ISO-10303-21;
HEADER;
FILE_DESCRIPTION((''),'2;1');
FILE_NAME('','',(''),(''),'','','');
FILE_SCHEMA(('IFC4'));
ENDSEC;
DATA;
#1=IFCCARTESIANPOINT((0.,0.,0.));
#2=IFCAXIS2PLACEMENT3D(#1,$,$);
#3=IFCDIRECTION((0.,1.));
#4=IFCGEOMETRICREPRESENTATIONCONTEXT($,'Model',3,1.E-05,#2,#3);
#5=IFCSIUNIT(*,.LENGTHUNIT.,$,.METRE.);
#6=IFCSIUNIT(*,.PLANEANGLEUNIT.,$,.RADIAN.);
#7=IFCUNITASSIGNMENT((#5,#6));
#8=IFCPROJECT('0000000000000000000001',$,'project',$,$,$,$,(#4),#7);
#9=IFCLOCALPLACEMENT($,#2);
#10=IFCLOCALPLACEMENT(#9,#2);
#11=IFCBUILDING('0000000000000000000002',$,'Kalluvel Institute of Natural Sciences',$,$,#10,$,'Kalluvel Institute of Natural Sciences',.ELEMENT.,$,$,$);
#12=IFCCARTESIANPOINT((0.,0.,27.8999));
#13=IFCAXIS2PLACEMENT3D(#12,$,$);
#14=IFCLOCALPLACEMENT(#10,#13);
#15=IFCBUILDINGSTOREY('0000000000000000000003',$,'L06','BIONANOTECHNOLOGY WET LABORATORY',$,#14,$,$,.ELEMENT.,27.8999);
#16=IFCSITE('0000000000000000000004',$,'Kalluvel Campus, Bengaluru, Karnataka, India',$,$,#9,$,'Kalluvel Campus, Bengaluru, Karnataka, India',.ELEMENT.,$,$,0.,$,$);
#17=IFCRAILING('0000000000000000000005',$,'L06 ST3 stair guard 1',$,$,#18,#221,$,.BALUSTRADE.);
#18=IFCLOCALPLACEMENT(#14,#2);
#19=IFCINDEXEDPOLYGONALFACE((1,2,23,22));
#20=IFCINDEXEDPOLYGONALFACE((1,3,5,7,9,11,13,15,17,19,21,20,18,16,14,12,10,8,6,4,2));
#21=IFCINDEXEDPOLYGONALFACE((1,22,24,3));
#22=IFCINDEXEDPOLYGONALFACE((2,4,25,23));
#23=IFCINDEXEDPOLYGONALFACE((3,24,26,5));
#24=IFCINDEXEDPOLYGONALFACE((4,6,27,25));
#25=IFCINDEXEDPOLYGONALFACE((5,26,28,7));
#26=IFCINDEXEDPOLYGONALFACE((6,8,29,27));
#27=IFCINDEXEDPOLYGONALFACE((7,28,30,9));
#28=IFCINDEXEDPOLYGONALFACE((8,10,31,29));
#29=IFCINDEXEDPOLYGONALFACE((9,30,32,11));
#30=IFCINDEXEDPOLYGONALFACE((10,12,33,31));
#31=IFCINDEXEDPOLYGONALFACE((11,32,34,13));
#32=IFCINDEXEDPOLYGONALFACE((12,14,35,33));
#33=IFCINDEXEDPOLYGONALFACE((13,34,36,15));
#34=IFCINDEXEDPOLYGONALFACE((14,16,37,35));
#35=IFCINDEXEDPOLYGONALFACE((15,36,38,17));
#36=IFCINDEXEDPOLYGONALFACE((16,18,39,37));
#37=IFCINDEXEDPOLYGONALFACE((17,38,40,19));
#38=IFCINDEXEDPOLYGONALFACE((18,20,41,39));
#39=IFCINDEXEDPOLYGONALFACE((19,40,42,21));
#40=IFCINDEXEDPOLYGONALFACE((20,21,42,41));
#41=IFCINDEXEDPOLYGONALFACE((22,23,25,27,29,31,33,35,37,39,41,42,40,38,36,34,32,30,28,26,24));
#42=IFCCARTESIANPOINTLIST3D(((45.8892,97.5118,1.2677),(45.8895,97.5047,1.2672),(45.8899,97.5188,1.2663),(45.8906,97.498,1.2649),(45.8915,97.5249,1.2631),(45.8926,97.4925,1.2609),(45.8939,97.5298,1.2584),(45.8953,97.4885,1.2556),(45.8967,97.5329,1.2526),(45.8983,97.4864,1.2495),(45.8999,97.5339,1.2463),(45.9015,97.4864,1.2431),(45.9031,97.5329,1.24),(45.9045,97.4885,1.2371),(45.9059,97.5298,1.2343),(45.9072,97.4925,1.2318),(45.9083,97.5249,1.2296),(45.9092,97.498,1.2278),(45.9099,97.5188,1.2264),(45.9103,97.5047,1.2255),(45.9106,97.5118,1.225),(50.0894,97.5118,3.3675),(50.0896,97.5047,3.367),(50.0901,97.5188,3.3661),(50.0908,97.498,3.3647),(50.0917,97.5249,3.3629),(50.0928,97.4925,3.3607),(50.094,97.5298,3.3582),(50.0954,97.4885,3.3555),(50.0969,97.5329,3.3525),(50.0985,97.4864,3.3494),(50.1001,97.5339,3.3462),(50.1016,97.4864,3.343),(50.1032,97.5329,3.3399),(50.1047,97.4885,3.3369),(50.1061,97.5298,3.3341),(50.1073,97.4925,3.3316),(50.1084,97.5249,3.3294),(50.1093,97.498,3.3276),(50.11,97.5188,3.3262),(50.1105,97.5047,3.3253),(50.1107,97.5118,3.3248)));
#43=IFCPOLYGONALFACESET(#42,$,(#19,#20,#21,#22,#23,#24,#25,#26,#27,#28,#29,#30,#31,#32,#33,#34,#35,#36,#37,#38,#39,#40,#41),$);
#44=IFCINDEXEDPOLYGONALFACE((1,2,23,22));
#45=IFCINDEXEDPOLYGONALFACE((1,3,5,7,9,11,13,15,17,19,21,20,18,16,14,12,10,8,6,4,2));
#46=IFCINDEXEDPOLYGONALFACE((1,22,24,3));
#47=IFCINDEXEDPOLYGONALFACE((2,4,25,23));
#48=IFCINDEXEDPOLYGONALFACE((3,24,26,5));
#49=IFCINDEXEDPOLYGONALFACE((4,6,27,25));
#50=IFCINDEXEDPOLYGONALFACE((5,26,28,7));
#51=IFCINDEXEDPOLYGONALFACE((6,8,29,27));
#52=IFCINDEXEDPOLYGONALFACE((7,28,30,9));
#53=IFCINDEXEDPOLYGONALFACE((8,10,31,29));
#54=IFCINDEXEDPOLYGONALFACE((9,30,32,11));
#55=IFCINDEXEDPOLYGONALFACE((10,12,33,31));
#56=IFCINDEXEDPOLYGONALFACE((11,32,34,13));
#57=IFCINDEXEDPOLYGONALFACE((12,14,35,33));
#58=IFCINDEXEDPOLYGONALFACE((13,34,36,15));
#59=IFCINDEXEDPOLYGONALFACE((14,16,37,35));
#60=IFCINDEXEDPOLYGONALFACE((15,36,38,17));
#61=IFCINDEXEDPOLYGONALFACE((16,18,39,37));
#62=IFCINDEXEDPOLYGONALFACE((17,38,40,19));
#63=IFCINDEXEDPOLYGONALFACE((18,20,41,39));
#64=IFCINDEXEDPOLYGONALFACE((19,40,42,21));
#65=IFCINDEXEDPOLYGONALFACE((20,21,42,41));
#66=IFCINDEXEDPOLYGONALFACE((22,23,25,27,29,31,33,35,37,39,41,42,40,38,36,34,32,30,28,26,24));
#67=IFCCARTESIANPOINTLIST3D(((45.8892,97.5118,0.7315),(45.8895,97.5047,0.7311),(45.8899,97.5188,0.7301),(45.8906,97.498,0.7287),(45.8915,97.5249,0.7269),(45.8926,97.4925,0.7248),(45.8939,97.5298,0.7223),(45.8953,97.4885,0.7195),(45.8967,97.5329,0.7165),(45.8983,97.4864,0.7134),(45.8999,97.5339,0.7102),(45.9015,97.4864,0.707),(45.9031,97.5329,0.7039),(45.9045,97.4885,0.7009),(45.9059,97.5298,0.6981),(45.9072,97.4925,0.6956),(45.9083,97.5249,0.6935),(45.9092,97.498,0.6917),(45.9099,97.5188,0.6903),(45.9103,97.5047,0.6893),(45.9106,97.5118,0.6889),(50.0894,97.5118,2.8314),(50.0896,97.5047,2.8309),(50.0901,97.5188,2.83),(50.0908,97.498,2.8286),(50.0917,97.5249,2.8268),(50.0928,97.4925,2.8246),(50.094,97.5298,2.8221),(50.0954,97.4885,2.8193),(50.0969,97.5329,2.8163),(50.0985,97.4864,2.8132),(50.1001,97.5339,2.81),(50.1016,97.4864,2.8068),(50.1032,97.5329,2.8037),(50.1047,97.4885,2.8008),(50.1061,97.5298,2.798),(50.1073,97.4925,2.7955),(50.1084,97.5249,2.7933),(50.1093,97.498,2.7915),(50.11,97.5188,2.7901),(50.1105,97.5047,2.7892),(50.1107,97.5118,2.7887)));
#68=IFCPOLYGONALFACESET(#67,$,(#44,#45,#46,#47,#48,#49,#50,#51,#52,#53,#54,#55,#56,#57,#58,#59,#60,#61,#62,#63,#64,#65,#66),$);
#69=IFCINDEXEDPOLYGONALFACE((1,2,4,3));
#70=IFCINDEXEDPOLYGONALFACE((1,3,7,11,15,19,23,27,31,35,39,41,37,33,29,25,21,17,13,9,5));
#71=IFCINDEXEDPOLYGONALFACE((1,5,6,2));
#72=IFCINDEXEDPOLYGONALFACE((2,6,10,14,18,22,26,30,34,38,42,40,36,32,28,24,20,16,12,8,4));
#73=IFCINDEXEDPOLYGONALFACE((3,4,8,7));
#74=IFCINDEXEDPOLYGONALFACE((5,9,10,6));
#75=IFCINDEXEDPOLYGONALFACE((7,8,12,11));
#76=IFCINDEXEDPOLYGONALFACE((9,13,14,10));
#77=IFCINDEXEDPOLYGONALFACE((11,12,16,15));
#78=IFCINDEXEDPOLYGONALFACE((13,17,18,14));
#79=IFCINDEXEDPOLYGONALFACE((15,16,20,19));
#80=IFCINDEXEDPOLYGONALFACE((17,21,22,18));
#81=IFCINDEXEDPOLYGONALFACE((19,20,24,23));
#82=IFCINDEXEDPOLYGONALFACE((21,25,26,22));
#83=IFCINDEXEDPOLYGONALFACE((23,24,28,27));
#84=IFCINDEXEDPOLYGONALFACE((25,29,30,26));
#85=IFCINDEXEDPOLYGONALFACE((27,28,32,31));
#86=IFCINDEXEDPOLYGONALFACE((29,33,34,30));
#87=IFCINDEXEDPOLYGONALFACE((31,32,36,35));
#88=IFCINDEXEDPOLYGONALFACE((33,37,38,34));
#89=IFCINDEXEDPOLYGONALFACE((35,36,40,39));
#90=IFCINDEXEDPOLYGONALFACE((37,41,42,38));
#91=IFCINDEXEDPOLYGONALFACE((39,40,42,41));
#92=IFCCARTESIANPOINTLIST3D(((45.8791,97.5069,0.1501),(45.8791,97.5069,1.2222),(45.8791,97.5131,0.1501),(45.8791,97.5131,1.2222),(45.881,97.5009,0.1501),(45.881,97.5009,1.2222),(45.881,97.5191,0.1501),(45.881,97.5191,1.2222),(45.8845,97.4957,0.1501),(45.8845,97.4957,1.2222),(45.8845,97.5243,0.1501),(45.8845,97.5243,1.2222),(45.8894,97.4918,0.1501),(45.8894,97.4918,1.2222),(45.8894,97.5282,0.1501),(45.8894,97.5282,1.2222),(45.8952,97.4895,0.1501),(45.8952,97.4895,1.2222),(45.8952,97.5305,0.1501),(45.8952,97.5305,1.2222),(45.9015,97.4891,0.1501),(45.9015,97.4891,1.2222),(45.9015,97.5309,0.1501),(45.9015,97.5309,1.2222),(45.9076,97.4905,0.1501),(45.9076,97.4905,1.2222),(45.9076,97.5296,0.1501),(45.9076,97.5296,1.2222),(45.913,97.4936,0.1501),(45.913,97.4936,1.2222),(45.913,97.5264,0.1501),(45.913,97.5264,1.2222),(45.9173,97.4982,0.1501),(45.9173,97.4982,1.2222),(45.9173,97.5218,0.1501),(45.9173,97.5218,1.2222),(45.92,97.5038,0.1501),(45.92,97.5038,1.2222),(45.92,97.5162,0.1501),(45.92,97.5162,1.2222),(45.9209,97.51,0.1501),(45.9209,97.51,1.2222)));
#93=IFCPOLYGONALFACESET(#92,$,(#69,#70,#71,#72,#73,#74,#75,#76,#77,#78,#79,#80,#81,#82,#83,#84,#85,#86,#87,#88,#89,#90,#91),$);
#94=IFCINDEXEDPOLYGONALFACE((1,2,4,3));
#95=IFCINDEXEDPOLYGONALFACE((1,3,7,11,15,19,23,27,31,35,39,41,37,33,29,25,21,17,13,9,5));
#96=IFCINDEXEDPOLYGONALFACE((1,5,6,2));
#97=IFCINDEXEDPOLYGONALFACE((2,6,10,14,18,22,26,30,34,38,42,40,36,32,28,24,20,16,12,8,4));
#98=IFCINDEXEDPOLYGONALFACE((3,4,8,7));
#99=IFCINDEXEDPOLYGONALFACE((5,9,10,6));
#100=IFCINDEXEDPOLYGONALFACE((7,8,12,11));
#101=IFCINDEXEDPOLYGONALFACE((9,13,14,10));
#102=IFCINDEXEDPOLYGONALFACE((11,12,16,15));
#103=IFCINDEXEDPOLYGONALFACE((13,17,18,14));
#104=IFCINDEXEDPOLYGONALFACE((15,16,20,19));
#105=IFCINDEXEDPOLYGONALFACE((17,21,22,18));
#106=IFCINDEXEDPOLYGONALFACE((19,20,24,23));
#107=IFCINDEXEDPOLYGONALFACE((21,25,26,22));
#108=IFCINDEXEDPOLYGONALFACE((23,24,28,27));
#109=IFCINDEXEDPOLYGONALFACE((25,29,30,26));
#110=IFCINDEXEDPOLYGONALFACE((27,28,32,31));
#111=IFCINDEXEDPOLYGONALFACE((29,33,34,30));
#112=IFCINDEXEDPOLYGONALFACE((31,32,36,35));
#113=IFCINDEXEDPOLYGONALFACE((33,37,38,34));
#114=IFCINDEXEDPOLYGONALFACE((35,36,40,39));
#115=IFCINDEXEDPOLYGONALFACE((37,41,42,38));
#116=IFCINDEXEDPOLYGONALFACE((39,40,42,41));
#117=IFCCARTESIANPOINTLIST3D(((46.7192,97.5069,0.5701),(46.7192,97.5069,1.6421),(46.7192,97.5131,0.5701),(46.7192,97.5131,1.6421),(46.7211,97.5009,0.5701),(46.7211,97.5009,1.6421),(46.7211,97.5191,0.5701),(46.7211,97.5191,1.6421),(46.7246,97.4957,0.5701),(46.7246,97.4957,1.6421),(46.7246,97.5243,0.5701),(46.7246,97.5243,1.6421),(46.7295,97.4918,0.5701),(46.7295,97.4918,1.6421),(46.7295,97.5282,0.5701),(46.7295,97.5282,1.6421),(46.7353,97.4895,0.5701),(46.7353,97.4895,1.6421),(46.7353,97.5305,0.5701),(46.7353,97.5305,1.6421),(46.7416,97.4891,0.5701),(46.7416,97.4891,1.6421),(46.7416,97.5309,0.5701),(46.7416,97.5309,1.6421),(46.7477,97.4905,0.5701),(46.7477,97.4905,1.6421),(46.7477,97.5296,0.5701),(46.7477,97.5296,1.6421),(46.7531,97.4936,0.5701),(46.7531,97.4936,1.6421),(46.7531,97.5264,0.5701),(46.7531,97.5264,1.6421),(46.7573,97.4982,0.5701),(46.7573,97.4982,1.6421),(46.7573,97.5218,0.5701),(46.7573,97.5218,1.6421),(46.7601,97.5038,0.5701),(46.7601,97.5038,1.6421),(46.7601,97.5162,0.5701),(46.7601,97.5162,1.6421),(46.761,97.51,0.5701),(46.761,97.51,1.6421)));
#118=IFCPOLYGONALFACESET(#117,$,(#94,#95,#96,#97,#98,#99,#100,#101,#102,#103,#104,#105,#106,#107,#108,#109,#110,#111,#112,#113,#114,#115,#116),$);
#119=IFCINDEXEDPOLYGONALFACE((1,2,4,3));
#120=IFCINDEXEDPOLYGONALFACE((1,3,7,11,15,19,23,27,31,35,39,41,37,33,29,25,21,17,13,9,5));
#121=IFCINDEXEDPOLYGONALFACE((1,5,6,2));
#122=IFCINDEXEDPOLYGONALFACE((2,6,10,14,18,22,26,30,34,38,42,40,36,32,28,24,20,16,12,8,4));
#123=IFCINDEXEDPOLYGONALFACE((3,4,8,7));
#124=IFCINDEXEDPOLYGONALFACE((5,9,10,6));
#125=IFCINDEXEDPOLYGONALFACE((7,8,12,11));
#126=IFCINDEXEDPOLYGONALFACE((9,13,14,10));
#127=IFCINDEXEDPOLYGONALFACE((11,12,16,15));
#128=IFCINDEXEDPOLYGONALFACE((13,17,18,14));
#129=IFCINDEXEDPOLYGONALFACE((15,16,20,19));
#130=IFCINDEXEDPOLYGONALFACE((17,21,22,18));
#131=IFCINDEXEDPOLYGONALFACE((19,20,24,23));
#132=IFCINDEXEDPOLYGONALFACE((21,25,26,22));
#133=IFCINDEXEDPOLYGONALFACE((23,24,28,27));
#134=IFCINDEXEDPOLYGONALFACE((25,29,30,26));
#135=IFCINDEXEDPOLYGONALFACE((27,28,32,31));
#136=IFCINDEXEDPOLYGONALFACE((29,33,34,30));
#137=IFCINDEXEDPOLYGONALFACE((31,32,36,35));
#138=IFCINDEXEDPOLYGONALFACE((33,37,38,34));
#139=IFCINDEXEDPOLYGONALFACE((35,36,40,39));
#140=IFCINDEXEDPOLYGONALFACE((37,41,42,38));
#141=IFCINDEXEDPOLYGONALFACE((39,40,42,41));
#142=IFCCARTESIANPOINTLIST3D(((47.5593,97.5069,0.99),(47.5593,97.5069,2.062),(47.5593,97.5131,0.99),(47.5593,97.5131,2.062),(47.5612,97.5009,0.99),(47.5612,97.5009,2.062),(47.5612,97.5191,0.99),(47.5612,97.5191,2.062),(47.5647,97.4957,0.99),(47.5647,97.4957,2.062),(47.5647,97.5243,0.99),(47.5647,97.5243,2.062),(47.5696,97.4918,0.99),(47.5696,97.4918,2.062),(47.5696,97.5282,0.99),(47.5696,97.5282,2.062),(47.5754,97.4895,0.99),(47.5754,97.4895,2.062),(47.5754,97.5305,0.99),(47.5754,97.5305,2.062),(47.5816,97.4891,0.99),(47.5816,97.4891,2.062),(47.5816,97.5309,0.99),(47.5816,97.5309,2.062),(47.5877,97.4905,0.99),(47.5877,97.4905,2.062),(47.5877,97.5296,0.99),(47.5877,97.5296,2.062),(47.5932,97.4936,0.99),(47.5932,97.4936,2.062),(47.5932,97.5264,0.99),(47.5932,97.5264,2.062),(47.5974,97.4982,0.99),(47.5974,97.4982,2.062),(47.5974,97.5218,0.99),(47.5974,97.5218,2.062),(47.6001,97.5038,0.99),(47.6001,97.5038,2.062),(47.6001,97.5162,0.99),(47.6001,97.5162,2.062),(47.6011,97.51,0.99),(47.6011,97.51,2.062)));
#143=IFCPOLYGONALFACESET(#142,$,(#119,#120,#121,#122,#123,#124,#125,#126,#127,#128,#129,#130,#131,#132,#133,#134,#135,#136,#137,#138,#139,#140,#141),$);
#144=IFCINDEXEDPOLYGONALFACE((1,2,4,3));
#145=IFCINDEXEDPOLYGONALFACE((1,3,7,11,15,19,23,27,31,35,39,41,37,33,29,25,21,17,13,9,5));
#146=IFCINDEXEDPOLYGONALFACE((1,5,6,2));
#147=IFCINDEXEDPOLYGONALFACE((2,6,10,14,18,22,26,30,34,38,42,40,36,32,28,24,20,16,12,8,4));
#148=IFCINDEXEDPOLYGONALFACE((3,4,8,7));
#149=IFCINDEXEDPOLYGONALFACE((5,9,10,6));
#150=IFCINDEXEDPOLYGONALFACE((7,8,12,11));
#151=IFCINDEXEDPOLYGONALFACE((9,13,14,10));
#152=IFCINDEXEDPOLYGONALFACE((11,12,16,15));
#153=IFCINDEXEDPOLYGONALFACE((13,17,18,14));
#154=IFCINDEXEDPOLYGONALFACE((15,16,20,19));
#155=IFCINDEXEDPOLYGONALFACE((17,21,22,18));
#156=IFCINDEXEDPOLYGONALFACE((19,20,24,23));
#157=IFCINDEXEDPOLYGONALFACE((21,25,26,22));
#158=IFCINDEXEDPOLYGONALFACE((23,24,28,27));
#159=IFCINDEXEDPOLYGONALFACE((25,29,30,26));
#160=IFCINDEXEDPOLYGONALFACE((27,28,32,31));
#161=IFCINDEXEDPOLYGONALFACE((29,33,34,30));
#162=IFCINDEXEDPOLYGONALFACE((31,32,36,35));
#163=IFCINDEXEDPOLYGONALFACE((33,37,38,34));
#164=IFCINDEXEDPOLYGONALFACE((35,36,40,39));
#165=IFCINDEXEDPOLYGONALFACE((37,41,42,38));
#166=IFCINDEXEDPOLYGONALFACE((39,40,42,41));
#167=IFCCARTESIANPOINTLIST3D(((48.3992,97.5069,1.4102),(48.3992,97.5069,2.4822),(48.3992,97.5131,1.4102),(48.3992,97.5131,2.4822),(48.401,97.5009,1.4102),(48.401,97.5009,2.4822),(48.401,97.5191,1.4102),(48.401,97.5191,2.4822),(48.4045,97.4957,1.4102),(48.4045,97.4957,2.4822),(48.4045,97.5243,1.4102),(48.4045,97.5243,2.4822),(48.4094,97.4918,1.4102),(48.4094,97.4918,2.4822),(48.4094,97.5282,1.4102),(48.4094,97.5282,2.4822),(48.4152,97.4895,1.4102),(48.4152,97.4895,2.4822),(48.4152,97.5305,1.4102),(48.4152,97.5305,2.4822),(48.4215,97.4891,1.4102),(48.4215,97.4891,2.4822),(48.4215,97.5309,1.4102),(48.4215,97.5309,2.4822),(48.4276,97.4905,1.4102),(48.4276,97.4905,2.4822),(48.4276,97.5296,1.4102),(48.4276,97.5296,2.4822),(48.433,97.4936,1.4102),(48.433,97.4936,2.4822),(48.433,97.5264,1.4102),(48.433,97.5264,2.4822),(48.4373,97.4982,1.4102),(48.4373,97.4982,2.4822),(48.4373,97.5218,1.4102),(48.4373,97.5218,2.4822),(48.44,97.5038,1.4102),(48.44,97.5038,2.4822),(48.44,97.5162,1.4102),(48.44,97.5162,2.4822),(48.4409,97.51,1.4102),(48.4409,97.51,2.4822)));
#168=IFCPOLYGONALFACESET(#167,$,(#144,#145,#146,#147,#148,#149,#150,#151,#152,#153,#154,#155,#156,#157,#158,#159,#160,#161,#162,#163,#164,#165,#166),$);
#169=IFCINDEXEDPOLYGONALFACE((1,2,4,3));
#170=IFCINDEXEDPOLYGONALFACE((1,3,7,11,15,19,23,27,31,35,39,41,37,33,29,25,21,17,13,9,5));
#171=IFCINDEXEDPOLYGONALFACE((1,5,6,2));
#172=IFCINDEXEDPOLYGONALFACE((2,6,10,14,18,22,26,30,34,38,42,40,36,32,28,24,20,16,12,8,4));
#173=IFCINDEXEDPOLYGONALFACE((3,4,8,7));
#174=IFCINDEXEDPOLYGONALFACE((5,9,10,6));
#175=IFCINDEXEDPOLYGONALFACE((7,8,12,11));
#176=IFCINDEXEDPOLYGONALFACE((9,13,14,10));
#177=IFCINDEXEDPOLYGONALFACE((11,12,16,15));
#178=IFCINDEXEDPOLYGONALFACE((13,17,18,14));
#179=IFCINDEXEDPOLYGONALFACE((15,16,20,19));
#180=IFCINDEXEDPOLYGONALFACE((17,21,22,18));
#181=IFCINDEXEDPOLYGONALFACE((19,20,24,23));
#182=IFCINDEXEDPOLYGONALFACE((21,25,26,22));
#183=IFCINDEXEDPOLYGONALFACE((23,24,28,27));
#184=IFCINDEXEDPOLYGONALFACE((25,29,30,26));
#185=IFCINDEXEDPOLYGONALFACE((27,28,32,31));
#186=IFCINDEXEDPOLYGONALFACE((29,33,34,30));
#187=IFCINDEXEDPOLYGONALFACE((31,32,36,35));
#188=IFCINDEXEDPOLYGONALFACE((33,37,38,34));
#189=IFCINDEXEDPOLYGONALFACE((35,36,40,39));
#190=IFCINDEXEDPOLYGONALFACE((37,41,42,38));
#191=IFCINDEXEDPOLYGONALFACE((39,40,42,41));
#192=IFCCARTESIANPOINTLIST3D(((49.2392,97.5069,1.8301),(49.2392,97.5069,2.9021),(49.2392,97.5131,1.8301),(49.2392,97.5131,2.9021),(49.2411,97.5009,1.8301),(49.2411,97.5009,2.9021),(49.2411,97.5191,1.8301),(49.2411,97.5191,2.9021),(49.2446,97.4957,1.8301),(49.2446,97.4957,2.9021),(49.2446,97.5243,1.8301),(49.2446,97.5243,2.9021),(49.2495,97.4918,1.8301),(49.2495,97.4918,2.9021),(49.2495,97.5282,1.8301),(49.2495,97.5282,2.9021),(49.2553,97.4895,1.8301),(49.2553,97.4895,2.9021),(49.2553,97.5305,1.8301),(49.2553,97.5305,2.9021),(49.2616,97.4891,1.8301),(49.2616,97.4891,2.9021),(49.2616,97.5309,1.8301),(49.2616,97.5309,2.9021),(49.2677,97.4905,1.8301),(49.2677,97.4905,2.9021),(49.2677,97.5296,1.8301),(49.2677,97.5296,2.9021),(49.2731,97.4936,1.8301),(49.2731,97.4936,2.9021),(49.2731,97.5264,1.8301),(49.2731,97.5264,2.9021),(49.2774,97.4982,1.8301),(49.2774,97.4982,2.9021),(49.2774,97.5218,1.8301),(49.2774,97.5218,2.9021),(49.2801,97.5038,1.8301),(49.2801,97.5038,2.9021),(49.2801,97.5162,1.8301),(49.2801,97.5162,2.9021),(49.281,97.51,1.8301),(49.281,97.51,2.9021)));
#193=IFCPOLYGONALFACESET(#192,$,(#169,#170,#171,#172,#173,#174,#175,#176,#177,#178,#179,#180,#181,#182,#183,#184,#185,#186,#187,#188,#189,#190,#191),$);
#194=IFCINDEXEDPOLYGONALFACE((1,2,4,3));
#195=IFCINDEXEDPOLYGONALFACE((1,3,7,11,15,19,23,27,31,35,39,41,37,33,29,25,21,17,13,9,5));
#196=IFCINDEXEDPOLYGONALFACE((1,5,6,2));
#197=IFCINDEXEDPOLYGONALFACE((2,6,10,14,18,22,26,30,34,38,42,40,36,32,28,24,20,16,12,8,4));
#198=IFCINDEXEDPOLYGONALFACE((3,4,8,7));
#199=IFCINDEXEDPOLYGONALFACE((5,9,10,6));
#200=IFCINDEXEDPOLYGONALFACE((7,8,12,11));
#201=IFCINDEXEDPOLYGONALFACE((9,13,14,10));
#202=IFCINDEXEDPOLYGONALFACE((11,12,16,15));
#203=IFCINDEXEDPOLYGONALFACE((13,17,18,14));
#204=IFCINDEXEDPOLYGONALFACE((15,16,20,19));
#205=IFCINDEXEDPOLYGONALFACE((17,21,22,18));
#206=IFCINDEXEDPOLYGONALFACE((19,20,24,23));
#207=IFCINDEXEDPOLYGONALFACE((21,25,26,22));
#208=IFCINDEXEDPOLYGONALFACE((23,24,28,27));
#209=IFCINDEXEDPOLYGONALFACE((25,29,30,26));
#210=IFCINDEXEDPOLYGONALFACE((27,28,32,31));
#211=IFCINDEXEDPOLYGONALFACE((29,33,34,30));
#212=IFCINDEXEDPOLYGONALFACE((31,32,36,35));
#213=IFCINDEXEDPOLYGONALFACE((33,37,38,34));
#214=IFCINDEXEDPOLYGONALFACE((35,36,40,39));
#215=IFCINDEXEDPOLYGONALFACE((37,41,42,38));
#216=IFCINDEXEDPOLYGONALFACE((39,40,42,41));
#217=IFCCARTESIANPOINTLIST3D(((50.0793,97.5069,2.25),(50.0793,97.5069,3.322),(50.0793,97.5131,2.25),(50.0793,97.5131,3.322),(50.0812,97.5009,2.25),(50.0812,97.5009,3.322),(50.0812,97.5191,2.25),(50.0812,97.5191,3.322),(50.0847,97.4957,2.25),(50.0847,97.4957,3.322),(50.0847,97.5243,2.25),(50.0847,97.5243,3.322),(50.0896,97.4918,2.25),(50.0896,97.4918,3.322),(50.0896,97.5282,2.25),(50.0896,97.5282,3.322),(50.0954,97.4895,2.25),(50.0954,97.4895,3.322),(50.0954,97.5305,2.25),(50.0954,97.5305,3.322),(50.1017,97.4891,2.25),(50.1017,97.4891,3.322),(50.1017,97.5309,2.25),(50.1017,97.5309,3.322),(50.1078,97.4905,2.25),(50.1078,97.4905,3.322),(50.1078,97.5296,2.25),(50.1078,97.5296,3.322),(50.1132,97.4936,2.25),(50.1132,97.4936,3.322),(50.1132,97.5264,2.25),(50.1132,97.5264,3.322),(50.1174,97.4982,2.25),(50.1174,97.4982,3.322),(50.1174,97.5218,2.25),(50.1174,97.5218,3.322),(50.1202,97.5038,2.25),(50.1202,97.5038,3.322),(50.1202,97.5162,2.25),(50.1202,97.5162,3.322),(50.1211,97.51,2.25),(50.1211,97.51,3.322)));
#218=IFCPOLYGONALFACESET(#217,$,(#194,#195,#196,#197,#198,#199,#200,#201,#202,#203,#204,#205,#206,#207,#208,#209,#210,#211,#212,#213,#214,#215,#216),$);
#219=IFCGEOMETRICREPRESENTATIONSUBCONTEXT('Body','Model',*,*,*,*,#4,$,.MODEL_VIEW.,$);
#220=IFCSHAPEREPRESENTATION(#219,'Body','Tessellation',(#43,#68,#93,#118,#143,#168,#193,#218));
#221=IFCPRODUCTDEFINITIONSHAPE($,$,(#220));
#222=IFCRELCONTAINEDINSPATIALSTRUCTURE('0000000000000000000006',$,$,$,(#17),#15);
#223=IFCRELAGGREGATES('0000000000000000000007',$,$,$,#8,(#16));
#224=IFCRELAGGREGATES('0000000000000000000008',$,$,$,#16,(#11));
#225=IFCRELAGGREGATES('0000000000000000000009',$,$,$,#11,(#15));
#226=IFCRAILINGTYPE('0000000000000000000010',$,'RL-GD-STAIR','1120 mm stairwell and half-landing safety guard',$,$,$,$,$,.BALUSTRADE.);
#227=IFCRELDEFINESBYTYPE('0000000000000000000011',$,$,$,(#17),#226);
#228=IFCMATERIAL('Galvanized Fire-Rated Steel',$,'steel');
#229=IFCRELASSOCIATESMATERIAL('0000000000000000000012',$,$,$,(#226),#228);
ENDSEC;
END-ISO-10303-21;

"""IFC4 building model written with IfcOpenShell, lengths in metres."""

from ifc_helpers import new_model, si_unit, direction, frame, origin, origin_2d, place, context, subcontext, project, spatial, circle, extrude, material, type_object, element, save


model = new_model("IFC4")

# Units and contexts
model_context = context("Model", 3, precision=1e-05, world=origin(), true_north=direction((0.0, 1.0)))
body_context = subcontext(model_context, "Body", "Model", "MODEL_VIEW")
ifc_project = project(units=[si_unit("LENGTHUNIT", "METRE"), si_unit("PLANEANGLEUNIT", "RADIAN")], contexts=[model_context])

# Site, building, storey
site_placement = place(None, origin())
site = spatial("IfcSite", under=ifc_project, at=site_placement, Name="Kalluvel Campus, Bengaluru, Karnataka, India", LongName="Kalluvel Campus, Bengaluru, Karnataka, India", CompositionType="ELEMENT", RefElevation=0.0)
building_placement = place(site_placement, origin())
building = spatial("IfcBuilding", under=site, at=building_placement, Name="Kalluvel Institute of Natural Sciences", LongName="Kalluvel Institute of Natural Sciences", CompositionType="ELEMENT")
storey_placement = place(building_placement, frame((0.0, 0.0, 27.8999)))
storey = spatial("IfcBuildingStorey", under=building, at=storey_placement, Name="L06", Description="BIONANOTECHNOLOGY WET LABORATORY", CompositionType="ELEMENT", Elevation=27.8999)

# Railing
ifc_material_1 = material(Name="Galvanized Fire-Rated Steel", Category="steel")
railing_type_1 = type_object("IfcRailingType", Name="RL-GD-STAIR", Description="1120 mm stairwell and half-landing safety guard", PredefinedType="BALUSTRADE", material=ifc_material_1)
railing_1_placement = place(storey_placement, frame((45.8999, 97.51, 0.1501)))
element("IfcRailing", 1, at=railing_1_placement, inside=storey, type_object=railing_type_1, Name="L06 ST3 stair guard 1", PredefinedType="BALUSTRADE", context=body_context, shape_type="SweptSolid", body=[
    extrude(circle(Radius=0.0239, at=origin_2d()), frame((0.0, 0.0, 1.0962), z_axis=(0.894448, 0.0, 0.447172), x_axis=(0.0, 1.0, 0.0)), (0.0, 0.0, 1.0), 4.6958),
    extrude(circle(Radius=0.0239, at=origin_2d()), frame((0.0, 0.0, 0.5601), z_axis=(0.894448, 0.0, 0.447172), x_axis=(0.0, 1.0, 0.0)), (0.0, 0.0, 1.0), 4.6958),
    extrude(circle(Radius=0.021, at=origin_2d()), origin(), (0.0, 0.0, 1.0), 1.072),
    extrude(circle(Radius=0.021, at=origin_2d()), frame((0.8401, 0.0, 0.4199)), (0.0, 0.0, 1.0), 1.072),
    extrude(circle(Radius=0.021, at=origin_2d()), frame((1.6802, 0.0, 0.8398)), (0.0, 0.0, 1.0), 1.072),
    extrude(circle(Radius=0.021, at=origin_2d()), frame((2.52, 0.0, 1.26)), (0.0, 0.0, 1.0), 1.072),
    extrude(circle(Radius=0.021, at=origin_2d()), frame((3.3601, 0.0, 1.6799)), (0.0, 0.0, 1.0), 1.072),
    extrude(circle(Radius=0.021, at=origin_2d()), frame((4.2002, 0.0, 2.0999)), (0.0, 0.0, 1.0), 1.072),
])

save(model, "model.ifc")
